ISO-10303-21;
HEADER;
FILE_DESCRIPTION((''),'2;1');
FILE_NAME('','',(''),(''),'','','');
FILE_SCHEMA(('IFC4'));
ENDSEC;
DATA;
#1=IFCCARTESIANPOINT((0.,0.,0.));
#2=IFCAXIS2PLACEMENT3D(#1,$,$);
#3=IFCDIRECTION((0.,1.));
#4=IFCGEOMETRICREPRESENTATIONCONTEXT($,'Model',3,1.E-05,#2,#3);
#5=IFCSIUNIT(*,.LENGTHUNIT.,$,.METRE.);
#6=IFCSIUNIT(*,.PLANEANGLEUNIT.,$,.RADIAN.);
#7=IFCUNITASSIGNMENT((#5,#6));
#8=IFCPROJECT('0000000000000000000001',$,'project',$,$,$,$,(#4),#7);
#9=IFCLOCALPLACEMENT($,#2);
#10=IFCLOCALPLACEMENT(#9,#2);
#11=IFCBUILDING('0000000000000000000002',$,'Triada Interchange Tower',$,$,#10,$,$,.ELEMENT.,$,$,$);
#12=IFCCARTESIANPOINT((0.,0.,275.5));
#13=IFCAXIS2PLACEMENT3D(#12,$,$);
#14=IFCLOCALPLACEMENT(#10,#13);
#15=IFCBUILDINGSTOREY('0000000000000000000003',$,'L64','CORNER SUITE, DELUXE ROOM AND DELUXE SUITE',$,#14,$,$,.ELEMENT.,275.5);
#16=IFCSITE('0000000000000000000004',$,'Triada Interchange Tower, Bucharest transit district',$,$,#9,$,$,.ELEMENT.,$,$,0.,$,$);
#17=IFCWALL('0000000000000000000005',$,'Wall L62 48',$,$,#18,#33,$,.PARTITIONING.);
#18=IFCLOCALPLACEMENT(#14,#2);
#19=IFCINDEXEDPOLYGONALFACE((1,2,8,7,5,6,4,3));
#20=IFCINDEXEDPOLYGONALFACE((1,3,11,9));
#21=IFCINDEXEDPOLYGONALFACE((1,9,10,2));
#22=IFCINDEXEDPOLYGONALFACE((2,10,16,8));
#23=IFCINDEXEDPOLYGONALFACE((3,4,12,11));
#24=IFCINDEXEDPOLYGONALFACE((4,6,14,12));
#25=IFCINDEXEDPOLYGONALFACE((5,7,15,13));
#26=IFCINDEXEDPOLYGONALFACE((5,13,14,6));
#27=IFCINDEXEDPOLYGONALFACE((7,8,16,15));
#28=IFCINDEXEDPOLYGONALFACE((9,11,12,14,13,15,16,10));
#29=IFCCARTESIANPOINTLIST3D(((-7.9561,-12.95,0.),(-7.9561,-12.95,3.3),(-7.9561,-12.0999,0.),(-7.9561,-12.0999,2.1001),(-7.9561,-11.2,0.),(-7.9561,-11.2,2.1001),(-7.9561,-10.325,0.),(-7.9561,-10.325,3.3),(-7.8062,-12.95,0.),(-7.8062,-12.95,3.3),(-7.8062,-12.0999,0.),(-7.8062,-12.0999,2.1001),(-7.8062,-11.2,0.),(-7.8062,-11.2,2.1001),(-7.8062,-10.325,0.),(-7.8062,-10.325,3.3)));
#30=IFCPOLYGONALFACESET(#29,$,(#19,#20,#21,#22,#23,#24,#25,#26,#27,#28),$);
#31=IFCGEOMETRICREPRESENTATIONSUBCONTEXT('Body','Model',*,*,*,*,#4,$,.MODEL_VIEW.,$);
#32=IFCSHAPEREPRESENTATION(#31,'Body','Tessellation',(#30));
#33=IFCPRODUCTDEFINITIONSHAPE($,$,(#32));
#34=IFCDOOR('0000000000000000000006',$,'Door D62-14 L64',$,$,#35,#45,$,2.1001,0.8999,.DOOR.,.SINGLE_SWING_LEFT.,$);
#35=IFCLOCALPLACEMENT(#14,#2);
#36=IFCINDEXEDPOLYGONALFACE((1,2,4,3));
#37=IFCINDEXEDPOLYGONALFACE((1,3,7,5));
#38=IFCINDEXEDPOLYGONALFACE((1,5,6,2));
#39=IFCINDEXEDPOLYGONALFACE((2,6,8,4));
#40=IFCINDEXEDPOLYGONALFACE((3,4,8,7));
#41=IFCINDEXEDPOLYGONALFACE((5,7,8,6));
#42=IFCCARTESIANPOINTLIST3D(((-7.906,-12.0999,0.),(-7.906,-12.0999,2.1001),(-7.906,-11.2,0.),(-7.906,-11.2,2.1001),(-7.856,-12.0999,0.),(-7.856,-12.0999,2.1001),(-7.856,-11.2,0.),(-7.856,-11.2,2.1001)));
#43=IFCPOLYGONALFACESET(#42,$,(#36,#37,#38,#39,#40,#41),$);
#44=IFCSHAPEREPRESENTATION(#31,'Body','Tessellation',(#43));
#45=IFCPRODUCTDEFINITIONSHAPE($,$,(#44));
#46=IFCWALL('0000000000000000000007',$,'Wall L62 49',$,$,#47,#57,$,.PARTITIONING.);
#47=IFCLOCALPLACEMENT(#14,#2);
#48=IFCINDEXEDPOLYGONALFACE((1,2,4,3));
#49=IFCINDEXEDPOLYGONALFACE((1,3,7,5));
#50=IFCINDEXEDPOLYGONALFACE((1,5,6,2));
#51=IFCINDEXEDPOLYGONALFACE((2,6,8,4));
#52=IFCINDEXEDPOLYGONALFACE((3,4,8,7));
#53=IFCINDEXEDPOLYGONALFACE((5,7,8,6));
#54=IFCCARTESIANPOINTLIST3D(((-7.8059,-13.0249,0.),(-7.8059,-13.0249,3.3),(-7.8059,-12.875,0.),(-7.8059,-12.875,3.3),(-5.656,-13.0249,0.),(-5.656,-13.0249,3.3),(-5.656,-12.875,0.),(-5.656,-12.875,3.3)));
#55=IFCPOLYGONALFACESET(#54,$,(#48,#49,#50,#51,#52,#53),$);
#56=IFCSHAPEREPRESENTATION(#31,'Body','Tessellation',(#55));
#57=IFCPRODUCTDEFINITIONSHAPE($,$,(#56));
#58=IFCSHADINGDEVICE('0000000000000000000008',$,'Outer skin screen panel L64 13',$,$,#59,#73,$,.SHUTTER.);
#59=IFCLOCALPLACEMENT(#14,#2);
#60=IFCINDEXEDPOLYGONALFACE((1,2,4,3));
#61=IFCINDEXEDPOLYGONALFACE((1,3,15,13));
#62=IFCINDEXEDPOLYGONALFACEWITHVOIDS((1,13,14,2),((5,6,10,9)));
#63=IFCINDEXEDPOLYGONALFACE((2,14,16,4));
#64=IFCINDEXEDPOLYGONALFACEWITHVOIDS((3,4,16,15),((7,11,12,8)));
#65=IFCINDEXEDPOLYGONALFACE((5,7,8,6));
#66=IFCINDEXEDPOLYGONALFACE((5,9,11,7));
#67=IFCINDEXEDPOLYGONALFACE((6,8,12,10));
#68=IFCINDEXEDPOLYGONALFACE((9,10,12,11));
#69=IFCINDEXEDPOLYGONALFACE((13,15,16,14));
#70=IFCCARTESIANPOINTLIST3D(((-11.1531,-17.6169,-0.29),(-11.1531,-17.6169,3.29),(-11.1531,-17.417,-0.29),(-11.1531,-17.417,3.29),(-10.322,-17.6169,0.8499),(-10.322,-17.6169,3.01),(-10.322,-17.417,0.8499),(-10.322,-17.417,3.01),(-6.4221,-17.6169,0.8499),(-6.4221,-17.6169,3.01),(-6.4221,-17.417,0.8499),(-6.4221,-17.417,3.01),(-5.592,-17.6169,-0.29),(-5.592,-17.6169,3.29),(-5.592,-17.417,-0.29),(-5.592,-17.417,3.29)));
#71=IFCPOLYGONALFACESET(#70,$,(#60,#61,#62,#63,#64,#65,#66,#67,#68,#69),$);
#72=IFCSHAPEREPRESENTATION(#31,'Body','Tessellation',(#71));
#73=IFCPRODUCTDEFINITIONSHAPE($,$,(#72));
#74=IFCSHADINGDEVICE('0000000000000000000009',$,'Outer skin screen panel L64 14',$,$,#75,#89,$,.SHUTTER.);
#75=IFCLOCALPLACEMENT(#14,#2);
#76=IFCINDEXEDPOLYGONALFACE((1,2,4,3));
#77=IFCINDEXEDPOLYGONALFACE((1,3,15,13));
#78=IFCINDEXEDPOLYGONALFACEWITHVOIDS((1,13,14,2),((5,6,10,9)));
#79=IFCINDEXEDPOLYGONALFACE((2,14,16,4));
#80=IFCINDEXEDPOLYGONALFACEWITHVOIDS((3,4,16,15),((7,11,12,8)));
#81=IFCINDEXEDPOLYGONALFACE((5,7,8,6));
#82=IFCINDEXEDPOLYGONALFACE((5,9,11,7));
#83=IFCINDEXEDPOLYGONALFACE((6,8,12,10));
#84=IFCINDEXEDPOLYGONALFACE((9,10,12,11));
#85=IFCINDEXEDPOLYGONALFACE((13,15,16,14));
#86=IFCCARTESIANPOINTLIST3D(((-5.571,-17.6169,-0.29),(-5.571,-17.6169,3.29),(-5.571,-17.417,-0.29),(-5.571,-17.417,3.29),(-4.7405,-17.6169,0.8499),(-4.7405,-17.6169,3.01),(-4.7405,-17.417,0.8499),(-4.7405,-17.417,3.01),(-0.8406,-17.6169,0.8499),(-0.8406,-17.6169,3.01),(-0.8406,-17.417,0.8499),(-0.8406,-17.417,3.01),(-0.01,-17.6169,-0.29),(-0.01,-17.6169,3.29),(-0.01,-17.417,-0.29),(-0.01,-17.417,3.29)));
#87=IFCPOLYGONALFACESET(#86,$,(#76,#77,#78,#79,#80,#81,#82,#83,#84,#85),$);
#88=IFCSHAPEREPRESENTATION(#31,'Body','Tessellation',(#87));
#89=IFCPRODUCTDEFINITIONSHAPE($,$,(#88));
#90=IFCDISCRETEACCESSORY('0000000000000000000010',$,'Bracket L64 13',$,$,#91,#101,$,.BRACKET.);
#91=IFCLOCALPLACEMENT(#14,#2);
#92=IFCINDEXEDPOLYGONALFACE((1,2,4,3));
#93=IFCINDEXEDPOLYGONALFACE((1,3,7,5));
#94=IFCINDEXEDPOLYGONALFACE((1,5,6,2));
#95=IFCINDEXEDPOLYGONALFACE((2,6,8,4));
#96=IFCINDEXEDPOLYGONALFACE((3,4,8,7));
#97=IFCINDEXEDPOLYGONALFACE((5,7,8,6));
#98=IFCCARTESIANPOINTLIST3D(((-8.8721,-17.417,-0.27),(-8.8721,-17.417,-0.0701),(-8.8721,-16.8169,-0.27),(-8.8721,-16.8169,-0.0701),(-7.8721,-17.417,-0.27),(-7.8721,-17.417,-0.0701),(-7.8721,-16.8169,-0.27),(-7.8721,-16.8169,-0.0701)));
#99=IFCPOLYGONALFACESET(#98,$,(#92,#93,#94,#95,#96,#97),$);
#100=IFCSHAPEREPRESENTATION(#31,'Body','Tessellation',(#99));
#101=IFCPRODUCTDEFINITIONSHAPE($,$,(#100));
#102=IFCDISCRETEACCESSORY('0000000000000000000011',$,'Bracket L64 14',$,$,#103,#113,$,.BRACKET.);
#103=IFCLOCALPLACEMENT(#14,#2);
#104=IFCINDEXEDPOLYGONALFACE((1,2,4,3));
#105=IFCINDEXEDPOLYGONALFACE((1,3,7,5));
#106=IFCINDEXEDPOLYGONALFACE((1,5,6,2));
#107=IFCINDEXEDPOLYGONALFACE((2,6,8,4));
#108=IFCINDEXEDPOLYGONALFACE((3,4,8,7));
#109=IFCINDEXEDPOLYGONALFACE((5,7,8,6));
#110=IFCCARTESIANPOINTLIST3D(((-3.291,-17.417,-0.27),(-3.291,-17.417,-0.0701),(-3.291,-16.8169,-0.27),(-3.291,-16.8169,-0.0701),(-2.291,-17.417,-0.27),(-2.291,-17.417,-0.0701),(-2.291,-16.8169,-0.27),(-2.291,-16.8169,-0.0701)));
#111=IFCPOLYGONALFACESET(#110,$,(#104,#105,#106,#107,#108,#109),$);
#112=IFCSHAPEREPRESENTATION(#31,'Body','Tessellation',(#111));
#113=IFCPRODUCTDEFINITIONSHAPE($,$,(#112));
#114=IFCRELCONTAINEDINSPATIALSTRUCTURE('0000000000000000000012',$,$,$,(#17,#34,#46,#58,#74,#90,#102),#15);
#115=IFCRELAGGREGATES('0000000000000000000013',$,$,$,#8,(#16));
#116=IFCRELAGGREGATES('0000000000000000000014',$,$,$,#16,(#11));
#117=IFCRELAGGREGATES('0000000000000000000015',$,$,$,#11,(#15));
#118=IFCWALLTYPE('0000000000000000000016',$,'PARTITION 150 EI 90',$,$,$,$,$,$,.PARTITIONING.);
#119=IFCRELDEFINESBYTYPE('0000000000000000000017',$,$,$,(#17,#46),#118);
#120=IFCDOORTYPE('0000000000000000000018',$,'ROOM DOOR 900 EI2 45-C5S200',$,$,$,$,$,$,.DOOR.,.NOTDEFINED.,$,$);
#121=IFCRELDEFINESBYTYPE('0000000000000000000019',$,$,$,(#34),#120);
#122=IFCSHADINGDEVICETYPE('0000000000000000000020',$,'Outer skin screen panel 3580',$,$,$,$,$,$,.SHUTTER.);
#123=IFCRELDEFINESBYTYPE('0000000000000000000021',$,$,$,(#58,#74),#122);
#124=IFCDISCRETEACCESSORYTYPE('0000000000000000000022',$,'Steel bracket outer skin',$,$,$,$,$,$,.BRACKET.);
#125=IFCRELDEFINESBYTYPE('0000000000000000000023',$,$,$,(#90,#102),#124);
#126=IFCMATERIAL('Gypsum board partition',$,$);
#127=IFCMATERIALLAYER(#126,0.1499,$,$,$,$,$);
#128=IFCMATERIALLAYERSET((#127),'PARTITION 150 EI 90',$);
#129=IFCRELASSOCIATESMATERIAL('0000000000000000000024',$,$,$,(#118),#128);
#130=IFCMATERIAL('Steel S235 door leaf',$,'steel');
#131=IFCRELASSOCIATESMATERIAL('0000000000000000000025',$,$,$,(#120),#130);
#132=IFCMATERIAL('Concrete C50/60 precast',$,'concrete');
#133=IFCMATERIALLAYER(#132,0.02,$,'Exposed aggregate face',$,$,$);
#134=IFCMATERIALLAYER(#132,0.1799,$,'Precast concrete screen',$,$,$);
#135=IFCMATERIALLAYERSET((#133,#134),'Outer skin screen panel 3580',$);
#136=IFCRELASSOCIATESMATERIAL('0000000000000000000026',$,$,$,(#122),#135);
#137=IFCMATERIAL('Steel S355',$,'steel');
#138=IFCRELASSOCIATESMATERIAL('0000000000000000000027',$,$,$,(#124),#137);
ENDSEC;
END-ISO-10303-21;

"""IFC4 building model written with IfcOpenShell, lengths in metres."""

from ifc_helpers import new_model, si_unit, direction, frame, frame_2d, origin, origin_2d, place, context, subcontext, project, spatial, polyline, rectangle, outline, extrude, material, layer, layer_set, type_object, element, fill, save


model = new_model("IFC4")

# Units and contexts
model_context = context("Model", 3, precision=1e-05, world=origin(), true_north=direction((0.0, 1.0)))
body_context = subcontext(model_context, "Body", "Model", "MODEL_VIEW")
ifc_project = project(units=[si_unit("LENGTHUNIT", "METRE"), si_unit("PLANEANGLEUNIT", "RADIAN")], contexts=[model_context])

# Site, building, storey
site_placement = place(None, origin())
site = spatial("IfcSite", under=ifc_project, at=site_placement, Name="Triada Interchange Tower, Bucharest transit district", CompositionType="ELEMENT", RefElevation=0.0)
building_placement = place(site_placement, origin())
building = spatial("IfcBuilding", under=site, at=building_placement, Name="Triada Interchange Tower", CompositionType="ELEMENT")
storey_placement = place(building_placement, frame((0.0, 0.0, 275.5)))
storey = spatial("IfcBuildingStorey", under=building, at=storey_placement, Name="L64", Description="CORNER SUITE, DELUXE ROOM AND DELUXE SUITE", CompositionType="ELEMENT", Elevation=275.5)

# Shared definitions
ifc_material_1 = material(Name="Gypsum board partition")
ifc_layer_1 = layer(ifc_material_1, 0.1499)
ifc_layer_set_1 = layer_set([ifc_layer_1], Name="PARTITION 150 EI 90")
wall_type_1 = type_object("IfcWallType", Name="PARTITION 150 EI 90", PredefinedType="PARTITIONING", material=ifc_layer_set_1)

# Wall, opening, door
wall_1_placement = place(storey_placement, frame((-7.8811, -12.95, 0.0), z_axis=(0.0, 0.0, 1.0), x_axis=(0.0, 1.0, 0.0)))
wall_1 = element("IfcWall", 1, at=wall_1_placement, inside=storey, type_object=wall_type_1, Name="Wall L62 48", PredefinedType="PARTITIONING", context=body_context, shape_type="SweptSolid", body=[
    extrude(rectangle(XDim=2.625, YDim=0.1499, at=frame_2d((1.3125, 0.0))), origin(), (0.0, 0.0, 1.0), 3.3),
])
opening_placement = place(wall_1_placement, frame((0.8501, 0.0, 0.0)))
opening = element("IfcOpeningElement", 2, at=opening_placement, cuts=wall_1, PredefinedType="OPENING", context=body_context, shape_type="SweptSolid", body=[
    extrude(rectangle(XDim=0.8999, YDim=2.1001, at=frame_2d((0.45, 1.05))), frame((0.0, 0.085, 0.0), z_axis=(0.0, -1.0, 0.0), x_axis=(1.0, 0.0, 0.0)), (0.0, 0.0, 1.0), 0.1699),
])
ifc_material_2 = material(Name="Steel S235 door leaf", Category="steel")
door_type = type_object("IfcDoorType", Name="ROOM DOOR 900 EI2 45-C5S200", OperationType="NOTDEFINED", PredefinedType="DOOR", material=ifc_material_2)
door_placement = place(opening_placement, origin())
door = element("IfcDoor", 3, at=door_placement, inside=storey, type_object=door_type, Name="Door D62-14 L64", OperationType="SINGLE_SWING_LEFT", OverallHeight=2.1001, OverallWidth=0.8999, PredefinedType="DOOR", context=body_context, shape_type="SweptSolid", body=[
    extrude(rectangle(XDim=0.8999, YDim=2.1001, at=frame_2d((0.45, 1.05))), frame((0.0, 0.0249, 0.0), z_axis=(0.0, -1.0, 0.0), x_axis=(1.0, 0.0, 0.0)), (0.0, 0.0, 1.0), 0.05),
])
fill(opening, door)

# Wall
wall_2_placement = place(storey_placement, frame((-7.8059, -12.95, 0.0), z_axis=(0.0, 0.0, 1.0), x_axis=(1.0, 0.0, 0.0)))
element("IfcWall", 4, at=wall_2_placement, inside=storey, type_object=wall_type_1, Name="Wall L62 49", PredefinedType="PARTITIONING", context=body_context, shape_type="SweptSolid", body=[
    extrude(rectangle(XDim=2.1499, YDim=0.1499, at=frame_2d((1.075, 0.0))), origin(), (0.0, 0.0, 1.0), 3.3),
])

# Shading devices
ifc_material_3 = material(Name="Concrete C50/60 precast", Category="concrete")
ifc_layer_2 = layer(ifc_material_3, 0.02, Name="Exposed aggregate face")
ifc_layer_3 = layer(ifc_material_3, 0.1799, Name="Precast concrete screen")
ifc_layer_set_2 = layer_set([ifc_layer_2, ifc_layer_3], Name="Outer skin screen panel 3580")
shading_device_type = type_object("IfcShadingDeviceType", Name="Outer skin screen panel 3580", PredefinedType="SHUTTER", material=ifc_layer_set_2)
shading_device_1_placement = place(storey_placement, frame((-11.1531, -17.417, -0.29), z_axis=(0.0, 0.0, 1.0), x_axis=(1.0, 0.0, 0.0)))
element("IfcShadingDevice", 5, at=shading_device_1_placement, inside=storey, type_object=shading_device_type, Name="Outer skin screen panel L64 13", PredefinedType="SHUTTER", context=body_context, shape_type="SweptSolid", body=[
    extrude(outline(polyline([(0.0, 0.0), (5.561, 0.0), (5.561, 3.5801), (0.0, 3.5801), (0.0, 0.0)]), holes=[polyline([(0.8311, 1.1399), (0.8311, 3.3), (4.731, 3.3), (4.731, 1.1399), (0.8311, 1.1399)])]), frame((0.0, 0.0, 0.0), z_axis=(0.0, -1.0, 0.0), x_axis=(1.0, 0.0, 0.0)), (0.0, 0.0, 1.0), 0.2),
])
shading_device_2_placement = place(storey_placement, frame((-5.571, -17.417, -0.29), z_axis=(0.0, 0.0, 1.0), x_axis=(1.0, 0.0, 0.0)))
element("IfcShadingDevice", 6, at=shading_device_2_placement, inside=storey, type_object=shading_device_type, Name="Outer skin screen panel L64 14", PredefinedType="SHUTTER", context=body_context, shape_type="SweptSolid", body=[
    extrude(outline(polyline([(0.0, 0.0), (5.561, 0.0), (5.561, 3.5801), (0.0, 3.5801), (0.0, 0.0)]), holes=[polyline([(0.8306, 1.1399), (0.8306, 3.3), (4.7305, 3.3), (4.7305, 1.1399), (0.8306, 1.1399)])]), frame((0.0, 0.0, 0.0), z_axis=(0.0, -1.0, 0.0), x_axis=(1.0, 0.0, 0.0)), (0.0, 0.0, 1.0), 0.2),
])

# Discrete accessories
ifc_material_4 = material(Name="Steel S355", Category="steel")
discrete_accessory_type = type_object("IfcDiscreteAccessoryType", Name="Steel bracket outer skin", PredefinedType="BRACKET", material=ifc_material_4)
for number, where, z_axis, x_axis, name in (
    (7, (-8.3721, -17.1169, -0.27), (0.0, 0.0, 1.0), (0.0, -1.0, 0.0), "Bracket L64 13"),
    (8, (-2.791, -17.1169, -0.27), (0.0, 0.0, 1.0), (0.0, -1.0, 0.0), "Bracket L64 14"),
):
    element("IfcDiscreteAccessory", number, at=place(storey_placement, frame(where, z_axis=z_axis, x_axis=x_axis)), inside=storey, type_object=discrete_accessory_type, Name=name, PredefinedType="BRACKET", context=body_context, shape_type="SweptSolid", body=[
        extrude(rectangle(XDim=0.6001, YDim=1.0, at=origin_2d()), origin(), (0.0, 0.0, 1.0), 0.2),
    ])

save(model, "model.ifc")
